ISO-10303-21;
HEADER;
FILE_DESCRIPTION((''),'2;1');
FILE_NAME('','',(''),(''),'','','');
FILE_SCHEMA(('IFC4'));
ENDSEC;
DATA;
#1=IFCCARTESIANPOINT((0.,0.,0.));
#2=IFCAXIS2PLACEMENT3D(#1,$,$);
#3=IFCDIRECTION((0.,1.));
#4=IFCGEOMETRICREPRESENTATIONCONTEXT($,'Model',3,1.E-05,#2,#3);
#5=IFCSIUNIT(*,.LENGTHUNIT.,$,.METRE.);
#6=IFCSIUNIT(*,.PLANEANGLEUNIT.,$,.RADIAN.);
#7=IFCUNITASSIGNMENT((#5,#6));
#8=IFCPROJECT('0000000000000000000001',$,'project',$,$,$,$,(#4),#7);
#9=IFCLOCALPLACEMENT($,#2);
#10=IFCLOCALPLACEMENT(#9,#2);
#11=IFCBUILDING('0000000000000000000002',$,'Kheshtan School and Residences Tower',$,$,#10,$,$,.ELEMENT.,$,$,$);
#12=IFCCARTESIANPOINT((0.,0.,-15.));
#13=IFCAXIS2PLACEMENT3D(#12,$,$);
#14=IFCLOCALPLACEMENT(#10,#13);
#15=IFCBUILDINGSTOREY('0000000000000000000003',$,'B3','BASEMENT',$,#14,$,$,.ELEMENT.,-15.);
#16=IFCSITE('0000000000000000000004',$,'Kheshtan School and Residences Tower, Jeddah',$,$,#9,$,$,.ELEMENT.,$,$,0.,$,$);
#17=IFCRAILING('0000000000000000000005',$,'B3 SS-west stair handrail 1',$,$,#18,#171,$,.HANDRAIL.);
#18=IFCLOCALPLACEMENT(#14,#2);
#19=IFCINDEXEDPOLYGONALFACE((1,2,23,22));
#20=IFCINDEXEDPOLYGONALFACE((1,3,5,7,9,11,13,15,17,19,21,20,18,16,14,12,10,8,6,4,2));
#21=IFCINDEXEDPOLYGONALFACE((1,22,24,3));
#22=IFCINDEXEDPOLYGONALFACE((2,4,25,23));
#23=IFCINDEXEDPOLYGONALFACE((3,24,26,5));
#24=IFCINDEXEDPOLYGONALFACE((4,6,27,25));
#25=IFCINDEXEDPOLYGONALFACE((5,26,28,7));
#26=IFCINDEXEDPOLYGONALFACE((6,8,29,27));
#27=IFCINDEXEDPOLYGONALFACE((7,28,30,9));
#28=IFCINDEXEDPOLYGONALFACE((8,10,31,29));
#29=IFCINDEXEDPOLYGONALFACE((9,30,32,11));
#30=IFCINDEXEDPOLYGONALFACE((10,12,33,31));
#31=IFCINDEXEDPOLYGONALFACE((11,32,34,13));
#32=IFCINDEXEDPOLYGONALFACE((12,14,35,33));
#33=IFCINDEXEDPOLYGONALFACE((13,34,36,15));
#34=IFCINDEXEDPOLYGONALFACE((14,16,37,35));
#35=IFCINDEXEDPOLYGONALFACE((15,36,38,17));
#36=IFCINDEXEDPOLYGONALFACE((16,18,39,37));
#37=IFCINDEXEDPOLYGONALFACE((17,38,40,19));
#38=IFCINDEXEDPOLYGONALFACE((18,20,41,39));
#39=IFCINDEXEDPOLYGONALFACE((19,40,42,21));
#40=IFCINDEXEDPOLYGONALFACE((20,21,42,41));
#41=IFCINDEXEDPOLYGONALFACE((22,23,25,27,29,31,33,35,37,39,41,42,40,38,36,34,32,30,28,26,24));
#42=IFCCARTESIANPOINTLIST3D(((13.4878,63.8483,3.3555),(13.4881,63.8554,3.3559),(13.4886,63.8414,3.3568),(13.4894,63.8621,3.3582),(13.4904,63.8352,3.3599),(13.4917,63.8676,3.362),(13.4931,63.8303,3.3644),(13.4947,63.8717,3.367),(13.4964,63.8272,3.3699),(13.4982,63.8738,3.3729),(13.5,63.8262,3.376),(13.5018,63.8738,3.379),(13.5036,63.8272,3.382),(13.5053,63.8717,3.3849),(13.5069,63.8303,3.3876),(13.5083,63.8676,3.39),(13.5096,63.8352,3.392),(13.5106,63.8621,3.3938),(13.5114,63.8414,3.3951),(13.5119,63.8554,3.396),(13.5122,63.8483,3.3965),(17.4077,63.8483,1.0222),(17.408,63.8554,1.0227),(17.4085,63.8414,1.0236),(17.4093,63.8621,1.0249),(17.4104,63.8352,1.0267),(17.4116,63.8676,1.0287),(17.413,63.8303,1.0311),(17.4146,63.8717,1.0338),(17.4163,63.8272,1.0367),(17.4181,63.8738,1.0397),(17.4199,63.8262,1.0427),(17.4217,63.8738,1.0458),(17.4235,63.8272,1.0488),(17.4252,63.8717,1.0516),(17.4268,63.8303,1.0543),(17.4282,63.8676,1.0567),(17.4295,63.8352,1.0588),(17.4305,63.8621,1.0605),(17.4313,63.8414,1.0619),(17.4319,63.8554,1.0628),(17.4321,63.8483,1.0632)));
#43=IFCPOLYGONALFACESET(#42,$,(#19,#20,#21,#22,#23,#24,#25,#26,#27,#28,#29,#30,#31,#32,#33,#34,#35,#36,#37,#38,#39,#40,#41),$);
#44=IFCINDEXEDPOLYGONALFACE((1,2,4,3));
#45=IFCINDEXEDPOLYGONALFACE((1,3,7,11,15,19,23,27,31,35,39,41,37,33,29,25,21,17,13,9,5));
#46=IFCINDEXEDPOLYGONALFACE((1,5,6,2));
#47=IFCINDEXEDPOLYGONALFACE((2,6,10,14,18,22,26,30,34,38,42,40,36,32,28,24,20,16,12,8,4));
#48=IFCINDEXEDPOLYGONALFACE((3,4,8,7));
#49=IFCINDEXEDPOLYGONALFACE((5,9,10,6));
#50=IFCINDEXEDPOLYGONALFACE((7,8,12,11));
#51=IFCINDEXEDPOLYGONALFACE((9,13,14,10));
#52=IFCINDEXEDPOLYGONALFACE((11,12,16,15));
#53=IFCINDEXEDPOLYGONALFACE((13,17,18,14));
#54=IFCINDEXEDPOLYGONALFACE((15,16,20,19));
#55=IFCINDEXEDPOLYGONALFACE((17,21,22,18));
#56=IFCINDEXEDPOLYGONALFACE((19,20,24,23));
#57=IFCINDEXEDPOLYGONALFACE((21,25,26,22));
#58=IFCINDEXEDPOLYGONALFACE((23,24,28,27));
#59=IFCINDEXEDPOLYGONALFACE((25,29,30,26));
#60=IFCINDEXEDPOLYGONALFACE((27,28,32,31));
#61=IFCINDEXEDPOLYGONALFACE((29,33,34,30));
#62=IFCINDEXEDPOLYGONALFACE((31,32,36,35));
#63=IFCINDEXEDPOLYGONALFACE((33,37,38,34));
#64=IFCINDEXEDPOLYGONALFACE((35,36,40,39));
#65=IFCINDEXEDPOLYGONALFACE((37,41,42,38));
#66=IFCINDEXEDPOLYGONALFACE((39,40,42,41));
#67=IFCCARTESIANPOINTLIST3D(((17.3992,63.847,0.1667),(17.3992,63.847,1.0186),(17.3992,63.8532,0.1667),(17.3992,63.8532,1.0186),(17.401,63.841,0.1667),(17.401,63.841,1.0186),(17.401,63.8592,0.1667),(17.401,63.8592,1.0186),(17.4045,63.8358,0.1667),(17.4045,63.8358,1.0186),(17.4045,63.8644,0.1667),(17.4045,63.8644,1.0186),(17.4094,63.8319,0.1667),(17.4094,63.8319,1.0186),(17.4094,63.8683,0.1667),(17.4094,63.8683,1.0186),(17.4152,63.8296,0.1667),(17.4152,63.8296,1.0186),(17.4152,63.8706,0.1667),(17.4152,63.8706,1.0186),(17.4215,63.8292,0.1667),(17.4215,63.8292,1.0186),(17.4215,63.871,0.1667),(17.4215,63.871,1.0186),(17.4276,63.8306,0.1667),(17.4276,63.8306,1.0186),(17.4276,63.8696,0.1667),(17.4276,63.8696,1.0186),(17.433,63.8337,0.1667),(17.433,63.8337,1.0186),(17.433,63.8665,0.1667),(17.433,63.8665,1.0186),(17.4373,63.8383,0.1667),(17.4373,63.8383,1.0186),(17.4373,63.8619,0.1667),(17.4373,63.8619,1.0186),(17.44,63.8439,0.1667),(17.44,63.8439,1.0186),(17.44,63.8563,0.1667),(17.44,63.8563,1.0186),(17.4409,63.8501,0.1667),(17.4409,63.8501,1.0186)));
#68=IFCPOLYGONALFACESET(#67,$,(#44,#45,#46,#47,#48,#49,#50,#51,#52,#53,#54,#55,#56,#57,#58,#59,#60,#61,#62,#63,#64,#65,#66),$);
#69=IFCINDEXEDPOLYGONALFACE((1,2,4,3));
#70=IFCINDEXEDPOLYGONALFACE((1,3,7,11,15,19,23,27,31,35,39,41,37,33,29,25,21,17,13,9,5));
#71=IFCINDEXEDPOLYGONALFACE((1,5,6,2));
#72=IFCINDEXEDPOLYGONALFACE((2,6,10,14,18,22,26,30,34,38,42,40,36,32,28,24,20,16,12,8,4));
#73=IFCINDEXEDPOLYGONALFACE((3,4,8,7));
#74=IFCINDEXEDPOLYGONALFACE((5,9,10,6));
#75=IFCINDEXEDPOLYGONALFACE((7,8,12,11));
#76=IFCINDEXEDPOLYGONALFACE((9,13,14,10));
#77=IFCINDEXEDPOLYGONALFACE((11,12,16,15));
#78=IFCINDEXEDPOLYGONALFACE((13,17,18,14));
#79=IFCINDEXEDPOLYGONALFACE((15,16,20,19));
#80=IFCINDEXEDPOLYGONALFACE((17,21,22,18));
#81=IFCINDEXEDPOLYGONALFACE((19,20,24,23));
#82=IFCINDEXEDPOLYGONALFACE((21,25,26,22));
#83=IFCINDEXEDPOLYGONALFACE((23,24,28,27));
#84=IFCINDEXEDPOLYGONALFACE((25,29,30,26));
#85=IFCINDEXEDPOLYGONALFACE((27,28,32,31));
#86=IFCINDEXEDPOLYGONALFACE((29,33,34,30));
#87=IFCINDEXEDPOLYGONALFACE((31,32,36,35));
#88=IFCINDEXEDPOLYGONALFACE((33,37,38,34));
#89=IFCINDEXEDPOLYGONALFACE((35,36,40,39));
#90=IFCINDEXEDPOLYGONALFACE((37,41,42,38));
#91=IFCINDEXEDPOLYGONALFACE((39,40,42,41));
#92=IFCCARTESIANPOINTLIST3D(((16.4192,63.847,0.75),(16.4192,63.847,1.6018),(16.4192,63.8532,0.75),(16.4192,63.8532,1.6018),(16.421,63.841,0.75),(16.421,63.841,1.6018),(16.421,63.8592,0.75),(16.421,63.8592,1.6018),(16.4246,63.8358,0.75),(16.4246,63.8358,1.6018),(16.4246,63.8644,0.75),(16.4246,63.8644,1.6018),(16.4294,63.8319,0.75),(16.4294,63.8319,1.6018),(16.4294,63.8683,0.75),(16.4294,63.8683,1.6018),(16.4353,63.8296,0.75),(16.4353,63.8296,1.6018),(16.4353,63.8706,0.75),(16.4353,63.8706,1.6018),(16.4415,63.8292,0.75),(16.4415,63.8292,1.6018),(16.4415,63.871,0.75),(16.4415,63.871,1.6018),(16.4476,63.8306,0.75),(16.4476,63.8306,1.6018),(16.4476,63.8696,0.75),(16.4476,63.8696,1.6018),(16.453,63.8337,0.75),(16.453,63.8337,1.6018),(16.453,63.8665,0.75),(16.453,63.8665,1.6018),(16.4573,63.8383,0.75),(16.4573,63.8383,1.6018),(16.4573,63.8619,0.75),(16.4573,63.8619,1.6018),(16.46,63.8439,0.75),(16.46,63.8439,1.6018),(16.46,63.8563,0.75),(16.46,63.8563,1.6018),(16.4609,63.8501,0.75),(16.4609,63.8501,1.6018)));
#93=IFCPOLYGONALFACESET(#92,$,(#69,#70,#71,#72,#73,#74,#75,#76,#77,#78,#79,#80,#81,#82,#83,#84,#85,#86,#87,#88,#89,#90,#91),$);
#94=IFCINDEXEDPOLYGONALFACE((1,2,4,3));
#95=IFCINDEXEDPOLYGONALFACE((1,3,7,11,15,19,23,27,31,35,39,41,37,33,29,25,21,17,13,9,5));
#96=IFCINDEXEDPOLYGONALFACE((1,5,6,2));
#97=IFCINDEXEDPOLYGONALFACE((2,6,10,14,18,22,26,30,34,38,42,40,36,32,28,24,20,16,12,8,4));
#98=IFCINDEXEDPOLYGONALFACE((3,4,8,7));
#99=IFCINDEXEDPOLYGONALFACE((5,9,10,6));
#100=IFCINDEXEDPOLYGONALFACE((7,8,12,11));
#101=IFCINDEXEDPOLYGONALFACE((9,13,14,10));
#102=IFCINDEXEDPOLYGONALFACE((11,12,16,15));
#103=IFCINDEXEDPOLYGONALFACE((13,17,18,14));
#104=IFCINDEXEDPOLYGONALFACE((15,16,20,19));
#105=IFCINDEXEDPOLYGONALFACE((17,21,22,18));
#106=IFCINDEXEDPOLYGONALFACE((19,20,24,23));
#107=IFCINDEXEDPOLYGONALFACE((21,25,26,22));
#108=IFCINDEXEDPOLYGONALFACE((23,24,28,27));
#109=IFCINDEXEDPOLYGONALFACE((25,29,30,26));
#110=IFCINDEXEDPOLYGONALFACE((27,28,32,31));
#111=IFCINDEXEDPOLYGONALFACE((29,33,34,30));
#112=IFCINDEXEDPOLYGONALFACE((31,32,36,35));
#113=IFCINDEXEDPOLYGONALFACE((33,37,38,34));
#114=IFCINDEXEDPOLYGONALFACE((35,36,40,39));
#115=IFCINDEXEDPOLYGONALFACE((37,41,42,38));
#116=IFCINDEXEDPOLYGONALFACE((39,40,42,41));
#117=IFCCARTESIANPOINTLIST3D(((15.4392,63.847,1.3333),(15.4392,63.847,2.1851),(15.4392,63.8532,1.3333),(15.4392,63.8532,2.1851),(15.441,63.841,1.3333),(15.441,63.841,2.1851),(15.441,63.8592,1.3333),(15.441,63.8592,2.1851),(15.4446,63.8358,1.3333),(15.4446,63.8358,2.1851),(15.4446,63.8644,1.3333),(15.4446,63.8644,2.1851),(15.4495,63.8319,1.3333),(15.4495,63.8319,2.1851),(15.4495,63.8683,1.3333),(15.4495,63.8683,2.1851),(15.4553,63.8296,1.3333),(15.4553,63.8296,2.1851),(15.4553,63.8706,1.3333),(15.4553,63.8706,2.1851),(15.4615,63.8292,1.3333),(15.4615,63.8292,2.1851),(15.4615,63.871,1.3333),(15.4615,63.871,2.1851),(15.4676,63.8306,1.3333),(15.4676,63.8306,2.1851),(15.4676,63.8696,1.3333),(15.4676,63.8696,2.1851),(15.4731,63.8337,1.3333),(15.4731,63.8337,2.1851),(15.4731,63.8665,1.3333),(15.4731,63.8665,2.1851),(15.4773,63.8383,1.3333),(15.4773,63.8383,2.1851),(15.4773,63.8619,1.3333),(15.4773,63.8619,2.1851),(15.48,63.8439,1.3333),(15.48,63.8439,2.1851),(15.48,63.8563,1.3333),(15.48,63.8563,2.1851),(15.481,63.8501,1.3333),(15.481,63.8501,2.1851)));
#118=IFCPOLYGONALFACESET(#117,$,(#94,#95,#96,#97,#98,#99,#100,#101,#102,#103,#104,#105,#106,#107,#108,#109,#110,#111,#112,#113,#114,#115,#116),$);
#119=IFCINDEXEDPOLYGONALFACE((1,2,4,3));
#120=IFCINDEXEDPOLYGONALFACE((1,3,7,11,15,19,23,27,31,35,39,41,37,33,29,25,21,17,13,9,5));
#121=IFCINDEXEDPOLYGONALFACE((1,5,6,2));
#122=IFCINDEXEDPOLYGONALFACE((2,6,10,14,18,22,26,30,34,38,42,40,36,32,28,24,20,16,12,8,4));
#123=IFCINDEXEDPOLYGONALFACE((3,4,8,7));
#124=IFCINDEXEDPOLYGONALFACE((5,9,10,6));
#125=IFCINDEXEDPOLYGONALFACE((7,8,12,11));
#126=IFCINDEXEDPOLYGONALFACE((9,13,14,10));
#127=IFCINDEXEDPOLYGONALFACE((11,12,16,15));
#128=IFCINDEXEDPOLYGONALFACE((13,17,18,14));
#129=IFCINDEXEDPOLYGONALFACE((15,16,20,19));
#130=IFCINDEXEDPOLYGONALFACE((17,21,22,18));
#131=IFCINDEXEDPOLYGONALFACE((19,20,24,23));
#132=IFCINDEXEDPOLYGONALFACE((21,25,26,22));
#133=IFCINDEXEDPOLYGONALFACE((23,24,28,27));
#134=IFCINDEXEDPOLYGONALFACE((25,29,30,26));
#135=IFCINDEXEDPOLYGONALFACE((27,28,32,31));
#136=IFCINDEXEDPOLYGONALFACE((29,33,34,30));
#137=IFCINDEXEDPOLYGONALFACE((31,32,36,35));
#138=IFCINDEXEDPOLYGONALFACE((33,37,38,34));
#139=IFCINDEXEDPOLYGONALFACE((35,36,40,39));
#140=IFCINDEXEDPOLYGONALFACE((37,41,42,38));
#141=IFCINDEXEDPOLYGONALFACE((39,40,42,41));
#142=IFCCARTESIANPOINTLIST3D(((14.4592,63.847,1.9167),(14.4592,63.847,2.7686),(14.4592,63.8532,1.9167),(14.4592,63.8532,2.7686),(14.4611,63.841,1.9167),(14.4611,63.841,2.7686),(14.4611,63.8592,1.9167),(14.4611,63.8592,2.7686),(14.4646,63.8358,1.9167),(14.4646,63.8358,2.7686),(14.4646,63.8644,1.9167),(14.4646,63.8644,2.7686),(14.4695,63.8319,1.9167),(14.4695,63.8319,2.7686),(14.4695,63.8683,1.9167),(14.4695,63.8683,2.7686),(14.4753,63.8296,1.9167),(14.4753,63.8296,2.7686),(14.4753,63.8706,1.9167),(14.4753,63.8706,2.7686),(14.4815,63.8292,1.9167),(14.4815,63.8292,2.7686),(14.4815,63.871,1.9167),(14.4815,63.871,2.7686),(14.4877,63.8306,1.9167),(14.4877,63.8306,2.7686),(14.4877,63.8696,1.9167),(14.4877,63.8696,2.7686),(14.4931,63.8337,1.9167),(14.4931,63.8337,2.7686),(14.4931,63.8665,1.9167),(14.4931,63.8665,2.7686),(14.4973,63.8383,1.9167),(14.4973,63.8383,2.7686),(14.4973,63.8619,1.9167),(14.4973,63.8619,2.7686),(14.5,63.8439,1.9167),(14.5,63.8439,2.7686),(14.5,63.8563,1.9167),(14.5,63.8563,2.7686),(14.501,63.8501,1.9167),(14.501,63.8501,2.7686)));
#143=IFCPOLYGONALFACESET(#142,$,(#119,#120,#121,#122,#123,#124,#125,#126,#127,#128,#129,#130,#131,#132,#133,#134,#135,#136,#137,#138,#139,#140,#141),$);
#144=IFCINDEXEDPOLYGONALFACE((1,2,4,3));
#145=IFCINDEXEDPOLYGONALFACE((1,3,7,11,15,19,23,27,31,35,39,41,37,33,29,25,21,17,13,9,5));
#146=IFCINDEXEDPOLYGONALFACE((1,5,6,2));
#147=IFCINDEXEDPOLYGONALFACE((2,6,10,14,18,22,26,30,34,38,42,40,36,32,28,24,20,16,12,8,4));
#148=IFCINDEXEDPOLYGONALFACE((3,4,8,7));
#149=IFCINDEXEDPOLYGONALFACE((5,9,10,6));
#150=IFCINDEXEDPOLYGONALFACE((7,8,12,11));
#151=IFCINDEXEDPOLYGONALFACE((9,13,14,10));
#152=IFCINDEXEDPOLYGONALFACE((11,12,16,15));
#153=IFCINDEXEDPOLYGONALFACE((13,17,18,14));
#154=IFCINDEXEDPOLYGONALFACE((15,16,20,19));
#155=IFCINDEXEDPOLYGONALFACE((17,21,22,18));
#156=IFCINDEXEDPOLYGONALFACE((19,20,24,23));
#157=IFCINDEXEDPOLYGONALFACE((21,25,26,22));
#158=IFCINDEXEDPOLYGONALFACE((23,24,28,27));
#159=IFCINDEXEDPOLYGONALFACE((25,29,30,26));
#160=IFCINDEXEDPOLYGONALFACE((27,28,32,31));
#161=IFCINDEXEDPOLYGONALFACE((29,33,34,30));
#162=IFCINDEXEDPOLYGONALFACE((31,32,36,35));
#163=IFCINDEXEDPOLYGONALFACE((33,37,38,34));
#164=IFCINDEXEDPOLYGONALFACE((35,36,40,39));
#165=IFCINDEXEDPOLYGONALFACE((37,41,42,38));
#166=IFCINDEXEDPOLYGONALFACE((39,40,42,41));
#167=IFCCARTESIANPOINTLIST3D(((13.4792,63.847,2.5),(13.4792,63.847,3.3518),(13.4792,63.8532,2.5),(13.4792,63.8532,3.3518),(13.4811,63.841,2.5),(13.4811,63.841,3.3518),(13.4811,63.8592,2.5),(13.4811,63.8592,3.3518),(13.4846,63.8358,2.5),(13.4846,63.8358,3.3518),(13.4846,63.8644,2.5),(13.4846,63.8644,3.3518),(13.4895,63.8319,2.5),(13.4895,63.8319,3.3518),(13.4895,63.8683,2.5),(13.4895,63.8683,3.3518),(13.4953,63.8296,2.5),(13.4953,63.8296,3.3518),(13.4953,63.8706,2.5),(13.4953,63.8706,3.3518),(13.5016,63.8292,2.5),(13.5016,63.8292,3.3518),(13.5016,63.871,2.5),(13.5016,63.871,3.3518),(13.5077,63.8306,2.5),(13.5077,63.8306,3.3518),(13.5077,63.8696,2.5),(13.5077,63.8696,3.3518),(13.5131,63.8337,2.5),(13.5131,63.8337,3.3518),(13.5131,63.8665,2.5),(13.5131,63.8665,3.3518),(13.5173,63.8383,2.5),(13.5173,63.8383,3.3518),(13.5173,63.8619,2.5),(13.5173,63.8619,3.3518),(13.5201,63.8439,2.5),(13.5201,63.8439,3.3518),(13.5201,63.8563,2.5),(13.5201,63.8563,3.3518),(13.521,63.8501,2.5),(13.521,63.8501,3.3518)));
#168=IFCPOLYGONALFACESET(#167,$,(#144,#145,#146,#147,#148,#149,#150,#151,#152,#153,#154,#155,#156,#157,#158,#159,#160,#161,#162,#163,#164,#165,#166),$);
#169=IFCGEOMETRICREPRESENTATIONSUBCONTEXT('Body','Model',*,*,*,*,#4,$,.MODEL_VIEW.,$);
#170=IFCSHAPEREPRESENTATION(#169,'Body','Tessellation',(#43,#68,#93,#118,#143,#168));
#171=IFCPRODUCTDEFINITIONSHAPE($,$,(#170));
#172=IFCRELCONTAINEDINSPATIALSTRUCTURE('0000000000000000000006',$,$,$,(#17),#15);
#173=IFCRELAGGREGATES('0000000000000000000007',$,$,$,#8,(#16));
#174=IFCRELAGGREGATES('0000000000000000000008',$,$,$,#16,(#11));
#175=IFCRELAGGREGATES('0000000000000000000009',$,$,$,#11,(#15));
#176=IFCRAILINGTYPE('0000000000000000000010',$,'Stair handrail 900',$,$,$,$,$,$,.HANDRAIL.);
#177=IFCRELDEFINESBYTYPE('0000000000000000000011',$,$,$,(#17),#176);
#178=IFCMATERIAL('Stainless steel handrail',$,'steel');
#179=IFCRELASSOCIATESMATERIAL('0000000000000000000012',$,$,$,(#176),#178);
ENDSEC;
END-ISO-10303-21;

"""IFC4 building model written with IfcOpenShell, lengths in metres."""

from ifc_helpers import new_model, si_unit, direction, frame, origin, origin_2d, place, context, subcontext, project, spatial, circle, extrude, material, type_object, element, save


model = new_model("IFC4")

# Units and contexts
model_context = context("Model", 3, precision=1e-05, world=origin(), true_north=direction((0.0, 1.0)))
body_context = subcontext(model_context, "Body", "Model", "MODEL_VIEW")
ifc_project = project(units=[si_unit("LENGTHUNIT", "METRE"), si_unit("PLANEANGLEUNIT", "RADIAN")], contexts=[model_context])

# Site, building, storey
site_placement = place(None, origin())
site = spatial("IfcSite", under=ifc_project, at=site_placement, Name="Kheshtan School and Residences Tower, Jeddah", CompositionType="ELEMENT", RefElevation=0.0)
building_placement = place(site_placement, origin())
building = spatial("IfcBuilding", under=site, at=building_placement, Name="Kheshtan School and Residences Tower", CompositionType="ELEMENT")
storey_placement = place(building_placement, frame((0.0, 0.0, -15.0)))
storey = spatial("IfcBuildingStorey", under=building, at=storey_placement, Name="B3", Description="BASEMENT", CompositionType="ELEMENT", Elevation=-15.0)

# Railing
ifc_material_1 = material(Name="Stainless steel handrail", Category="steel")
railing_type_1 = type_object("IfcRailingType", Name="Stair handrail 900", PredefinedType="HANDRAIL", material=ifc_material_1)
railing_1_placement = place(storey_placement, frame((17.4199, 63.8501, 0.1667)))
element("IfcRailing", 1, at=railing_1_placement, inside=storey, type_object=railing_type_1, Name="B3 SS-west stair handrail 1", PredefinedType="HANDRAIL", context=body_context, shape_type="SweptSolid", body=[
    extrude(circle(Radius=0.0239, at=origin_2d()), frame((0.0, 0.0, 0.876), z_axis=(-0.859296, 0.0, 0.511478), x_axis=(0.0, -1.0, 0.0)), (0.0, 0.0, 1.0), 4.5618),
    extrude(circle(Radius=0.021, at=origin_2d()), origin(), (0.0, 0.0, 1.0), 0.8518),
    extrude(circle(Radius=0.021, at=origin_2d()), frame((-0.98, 0.0, 0.5833)), (0.0, 0.0, 1.0), 0.8518),
    extrude(circle(Radius=0.021, at=origin_2d()), frame((-1.96, 0.0, 1.1665)), (0.0, 0.0, 1.0), 0.8518),
    extrude(circle(Radius=0.021, at=origin_2d()), frame((-2.9399, 0.0, 1.75)), (0.0, 0.0, 1.0), 0.8518),
    extrude(circle(Radius=0.021, at=origin_2d()), frame((-3.9199, 0.0, 2.3333)), (0.0, 0.0, 1.0), 0.8518),
])

save(model, "model.ifc")
